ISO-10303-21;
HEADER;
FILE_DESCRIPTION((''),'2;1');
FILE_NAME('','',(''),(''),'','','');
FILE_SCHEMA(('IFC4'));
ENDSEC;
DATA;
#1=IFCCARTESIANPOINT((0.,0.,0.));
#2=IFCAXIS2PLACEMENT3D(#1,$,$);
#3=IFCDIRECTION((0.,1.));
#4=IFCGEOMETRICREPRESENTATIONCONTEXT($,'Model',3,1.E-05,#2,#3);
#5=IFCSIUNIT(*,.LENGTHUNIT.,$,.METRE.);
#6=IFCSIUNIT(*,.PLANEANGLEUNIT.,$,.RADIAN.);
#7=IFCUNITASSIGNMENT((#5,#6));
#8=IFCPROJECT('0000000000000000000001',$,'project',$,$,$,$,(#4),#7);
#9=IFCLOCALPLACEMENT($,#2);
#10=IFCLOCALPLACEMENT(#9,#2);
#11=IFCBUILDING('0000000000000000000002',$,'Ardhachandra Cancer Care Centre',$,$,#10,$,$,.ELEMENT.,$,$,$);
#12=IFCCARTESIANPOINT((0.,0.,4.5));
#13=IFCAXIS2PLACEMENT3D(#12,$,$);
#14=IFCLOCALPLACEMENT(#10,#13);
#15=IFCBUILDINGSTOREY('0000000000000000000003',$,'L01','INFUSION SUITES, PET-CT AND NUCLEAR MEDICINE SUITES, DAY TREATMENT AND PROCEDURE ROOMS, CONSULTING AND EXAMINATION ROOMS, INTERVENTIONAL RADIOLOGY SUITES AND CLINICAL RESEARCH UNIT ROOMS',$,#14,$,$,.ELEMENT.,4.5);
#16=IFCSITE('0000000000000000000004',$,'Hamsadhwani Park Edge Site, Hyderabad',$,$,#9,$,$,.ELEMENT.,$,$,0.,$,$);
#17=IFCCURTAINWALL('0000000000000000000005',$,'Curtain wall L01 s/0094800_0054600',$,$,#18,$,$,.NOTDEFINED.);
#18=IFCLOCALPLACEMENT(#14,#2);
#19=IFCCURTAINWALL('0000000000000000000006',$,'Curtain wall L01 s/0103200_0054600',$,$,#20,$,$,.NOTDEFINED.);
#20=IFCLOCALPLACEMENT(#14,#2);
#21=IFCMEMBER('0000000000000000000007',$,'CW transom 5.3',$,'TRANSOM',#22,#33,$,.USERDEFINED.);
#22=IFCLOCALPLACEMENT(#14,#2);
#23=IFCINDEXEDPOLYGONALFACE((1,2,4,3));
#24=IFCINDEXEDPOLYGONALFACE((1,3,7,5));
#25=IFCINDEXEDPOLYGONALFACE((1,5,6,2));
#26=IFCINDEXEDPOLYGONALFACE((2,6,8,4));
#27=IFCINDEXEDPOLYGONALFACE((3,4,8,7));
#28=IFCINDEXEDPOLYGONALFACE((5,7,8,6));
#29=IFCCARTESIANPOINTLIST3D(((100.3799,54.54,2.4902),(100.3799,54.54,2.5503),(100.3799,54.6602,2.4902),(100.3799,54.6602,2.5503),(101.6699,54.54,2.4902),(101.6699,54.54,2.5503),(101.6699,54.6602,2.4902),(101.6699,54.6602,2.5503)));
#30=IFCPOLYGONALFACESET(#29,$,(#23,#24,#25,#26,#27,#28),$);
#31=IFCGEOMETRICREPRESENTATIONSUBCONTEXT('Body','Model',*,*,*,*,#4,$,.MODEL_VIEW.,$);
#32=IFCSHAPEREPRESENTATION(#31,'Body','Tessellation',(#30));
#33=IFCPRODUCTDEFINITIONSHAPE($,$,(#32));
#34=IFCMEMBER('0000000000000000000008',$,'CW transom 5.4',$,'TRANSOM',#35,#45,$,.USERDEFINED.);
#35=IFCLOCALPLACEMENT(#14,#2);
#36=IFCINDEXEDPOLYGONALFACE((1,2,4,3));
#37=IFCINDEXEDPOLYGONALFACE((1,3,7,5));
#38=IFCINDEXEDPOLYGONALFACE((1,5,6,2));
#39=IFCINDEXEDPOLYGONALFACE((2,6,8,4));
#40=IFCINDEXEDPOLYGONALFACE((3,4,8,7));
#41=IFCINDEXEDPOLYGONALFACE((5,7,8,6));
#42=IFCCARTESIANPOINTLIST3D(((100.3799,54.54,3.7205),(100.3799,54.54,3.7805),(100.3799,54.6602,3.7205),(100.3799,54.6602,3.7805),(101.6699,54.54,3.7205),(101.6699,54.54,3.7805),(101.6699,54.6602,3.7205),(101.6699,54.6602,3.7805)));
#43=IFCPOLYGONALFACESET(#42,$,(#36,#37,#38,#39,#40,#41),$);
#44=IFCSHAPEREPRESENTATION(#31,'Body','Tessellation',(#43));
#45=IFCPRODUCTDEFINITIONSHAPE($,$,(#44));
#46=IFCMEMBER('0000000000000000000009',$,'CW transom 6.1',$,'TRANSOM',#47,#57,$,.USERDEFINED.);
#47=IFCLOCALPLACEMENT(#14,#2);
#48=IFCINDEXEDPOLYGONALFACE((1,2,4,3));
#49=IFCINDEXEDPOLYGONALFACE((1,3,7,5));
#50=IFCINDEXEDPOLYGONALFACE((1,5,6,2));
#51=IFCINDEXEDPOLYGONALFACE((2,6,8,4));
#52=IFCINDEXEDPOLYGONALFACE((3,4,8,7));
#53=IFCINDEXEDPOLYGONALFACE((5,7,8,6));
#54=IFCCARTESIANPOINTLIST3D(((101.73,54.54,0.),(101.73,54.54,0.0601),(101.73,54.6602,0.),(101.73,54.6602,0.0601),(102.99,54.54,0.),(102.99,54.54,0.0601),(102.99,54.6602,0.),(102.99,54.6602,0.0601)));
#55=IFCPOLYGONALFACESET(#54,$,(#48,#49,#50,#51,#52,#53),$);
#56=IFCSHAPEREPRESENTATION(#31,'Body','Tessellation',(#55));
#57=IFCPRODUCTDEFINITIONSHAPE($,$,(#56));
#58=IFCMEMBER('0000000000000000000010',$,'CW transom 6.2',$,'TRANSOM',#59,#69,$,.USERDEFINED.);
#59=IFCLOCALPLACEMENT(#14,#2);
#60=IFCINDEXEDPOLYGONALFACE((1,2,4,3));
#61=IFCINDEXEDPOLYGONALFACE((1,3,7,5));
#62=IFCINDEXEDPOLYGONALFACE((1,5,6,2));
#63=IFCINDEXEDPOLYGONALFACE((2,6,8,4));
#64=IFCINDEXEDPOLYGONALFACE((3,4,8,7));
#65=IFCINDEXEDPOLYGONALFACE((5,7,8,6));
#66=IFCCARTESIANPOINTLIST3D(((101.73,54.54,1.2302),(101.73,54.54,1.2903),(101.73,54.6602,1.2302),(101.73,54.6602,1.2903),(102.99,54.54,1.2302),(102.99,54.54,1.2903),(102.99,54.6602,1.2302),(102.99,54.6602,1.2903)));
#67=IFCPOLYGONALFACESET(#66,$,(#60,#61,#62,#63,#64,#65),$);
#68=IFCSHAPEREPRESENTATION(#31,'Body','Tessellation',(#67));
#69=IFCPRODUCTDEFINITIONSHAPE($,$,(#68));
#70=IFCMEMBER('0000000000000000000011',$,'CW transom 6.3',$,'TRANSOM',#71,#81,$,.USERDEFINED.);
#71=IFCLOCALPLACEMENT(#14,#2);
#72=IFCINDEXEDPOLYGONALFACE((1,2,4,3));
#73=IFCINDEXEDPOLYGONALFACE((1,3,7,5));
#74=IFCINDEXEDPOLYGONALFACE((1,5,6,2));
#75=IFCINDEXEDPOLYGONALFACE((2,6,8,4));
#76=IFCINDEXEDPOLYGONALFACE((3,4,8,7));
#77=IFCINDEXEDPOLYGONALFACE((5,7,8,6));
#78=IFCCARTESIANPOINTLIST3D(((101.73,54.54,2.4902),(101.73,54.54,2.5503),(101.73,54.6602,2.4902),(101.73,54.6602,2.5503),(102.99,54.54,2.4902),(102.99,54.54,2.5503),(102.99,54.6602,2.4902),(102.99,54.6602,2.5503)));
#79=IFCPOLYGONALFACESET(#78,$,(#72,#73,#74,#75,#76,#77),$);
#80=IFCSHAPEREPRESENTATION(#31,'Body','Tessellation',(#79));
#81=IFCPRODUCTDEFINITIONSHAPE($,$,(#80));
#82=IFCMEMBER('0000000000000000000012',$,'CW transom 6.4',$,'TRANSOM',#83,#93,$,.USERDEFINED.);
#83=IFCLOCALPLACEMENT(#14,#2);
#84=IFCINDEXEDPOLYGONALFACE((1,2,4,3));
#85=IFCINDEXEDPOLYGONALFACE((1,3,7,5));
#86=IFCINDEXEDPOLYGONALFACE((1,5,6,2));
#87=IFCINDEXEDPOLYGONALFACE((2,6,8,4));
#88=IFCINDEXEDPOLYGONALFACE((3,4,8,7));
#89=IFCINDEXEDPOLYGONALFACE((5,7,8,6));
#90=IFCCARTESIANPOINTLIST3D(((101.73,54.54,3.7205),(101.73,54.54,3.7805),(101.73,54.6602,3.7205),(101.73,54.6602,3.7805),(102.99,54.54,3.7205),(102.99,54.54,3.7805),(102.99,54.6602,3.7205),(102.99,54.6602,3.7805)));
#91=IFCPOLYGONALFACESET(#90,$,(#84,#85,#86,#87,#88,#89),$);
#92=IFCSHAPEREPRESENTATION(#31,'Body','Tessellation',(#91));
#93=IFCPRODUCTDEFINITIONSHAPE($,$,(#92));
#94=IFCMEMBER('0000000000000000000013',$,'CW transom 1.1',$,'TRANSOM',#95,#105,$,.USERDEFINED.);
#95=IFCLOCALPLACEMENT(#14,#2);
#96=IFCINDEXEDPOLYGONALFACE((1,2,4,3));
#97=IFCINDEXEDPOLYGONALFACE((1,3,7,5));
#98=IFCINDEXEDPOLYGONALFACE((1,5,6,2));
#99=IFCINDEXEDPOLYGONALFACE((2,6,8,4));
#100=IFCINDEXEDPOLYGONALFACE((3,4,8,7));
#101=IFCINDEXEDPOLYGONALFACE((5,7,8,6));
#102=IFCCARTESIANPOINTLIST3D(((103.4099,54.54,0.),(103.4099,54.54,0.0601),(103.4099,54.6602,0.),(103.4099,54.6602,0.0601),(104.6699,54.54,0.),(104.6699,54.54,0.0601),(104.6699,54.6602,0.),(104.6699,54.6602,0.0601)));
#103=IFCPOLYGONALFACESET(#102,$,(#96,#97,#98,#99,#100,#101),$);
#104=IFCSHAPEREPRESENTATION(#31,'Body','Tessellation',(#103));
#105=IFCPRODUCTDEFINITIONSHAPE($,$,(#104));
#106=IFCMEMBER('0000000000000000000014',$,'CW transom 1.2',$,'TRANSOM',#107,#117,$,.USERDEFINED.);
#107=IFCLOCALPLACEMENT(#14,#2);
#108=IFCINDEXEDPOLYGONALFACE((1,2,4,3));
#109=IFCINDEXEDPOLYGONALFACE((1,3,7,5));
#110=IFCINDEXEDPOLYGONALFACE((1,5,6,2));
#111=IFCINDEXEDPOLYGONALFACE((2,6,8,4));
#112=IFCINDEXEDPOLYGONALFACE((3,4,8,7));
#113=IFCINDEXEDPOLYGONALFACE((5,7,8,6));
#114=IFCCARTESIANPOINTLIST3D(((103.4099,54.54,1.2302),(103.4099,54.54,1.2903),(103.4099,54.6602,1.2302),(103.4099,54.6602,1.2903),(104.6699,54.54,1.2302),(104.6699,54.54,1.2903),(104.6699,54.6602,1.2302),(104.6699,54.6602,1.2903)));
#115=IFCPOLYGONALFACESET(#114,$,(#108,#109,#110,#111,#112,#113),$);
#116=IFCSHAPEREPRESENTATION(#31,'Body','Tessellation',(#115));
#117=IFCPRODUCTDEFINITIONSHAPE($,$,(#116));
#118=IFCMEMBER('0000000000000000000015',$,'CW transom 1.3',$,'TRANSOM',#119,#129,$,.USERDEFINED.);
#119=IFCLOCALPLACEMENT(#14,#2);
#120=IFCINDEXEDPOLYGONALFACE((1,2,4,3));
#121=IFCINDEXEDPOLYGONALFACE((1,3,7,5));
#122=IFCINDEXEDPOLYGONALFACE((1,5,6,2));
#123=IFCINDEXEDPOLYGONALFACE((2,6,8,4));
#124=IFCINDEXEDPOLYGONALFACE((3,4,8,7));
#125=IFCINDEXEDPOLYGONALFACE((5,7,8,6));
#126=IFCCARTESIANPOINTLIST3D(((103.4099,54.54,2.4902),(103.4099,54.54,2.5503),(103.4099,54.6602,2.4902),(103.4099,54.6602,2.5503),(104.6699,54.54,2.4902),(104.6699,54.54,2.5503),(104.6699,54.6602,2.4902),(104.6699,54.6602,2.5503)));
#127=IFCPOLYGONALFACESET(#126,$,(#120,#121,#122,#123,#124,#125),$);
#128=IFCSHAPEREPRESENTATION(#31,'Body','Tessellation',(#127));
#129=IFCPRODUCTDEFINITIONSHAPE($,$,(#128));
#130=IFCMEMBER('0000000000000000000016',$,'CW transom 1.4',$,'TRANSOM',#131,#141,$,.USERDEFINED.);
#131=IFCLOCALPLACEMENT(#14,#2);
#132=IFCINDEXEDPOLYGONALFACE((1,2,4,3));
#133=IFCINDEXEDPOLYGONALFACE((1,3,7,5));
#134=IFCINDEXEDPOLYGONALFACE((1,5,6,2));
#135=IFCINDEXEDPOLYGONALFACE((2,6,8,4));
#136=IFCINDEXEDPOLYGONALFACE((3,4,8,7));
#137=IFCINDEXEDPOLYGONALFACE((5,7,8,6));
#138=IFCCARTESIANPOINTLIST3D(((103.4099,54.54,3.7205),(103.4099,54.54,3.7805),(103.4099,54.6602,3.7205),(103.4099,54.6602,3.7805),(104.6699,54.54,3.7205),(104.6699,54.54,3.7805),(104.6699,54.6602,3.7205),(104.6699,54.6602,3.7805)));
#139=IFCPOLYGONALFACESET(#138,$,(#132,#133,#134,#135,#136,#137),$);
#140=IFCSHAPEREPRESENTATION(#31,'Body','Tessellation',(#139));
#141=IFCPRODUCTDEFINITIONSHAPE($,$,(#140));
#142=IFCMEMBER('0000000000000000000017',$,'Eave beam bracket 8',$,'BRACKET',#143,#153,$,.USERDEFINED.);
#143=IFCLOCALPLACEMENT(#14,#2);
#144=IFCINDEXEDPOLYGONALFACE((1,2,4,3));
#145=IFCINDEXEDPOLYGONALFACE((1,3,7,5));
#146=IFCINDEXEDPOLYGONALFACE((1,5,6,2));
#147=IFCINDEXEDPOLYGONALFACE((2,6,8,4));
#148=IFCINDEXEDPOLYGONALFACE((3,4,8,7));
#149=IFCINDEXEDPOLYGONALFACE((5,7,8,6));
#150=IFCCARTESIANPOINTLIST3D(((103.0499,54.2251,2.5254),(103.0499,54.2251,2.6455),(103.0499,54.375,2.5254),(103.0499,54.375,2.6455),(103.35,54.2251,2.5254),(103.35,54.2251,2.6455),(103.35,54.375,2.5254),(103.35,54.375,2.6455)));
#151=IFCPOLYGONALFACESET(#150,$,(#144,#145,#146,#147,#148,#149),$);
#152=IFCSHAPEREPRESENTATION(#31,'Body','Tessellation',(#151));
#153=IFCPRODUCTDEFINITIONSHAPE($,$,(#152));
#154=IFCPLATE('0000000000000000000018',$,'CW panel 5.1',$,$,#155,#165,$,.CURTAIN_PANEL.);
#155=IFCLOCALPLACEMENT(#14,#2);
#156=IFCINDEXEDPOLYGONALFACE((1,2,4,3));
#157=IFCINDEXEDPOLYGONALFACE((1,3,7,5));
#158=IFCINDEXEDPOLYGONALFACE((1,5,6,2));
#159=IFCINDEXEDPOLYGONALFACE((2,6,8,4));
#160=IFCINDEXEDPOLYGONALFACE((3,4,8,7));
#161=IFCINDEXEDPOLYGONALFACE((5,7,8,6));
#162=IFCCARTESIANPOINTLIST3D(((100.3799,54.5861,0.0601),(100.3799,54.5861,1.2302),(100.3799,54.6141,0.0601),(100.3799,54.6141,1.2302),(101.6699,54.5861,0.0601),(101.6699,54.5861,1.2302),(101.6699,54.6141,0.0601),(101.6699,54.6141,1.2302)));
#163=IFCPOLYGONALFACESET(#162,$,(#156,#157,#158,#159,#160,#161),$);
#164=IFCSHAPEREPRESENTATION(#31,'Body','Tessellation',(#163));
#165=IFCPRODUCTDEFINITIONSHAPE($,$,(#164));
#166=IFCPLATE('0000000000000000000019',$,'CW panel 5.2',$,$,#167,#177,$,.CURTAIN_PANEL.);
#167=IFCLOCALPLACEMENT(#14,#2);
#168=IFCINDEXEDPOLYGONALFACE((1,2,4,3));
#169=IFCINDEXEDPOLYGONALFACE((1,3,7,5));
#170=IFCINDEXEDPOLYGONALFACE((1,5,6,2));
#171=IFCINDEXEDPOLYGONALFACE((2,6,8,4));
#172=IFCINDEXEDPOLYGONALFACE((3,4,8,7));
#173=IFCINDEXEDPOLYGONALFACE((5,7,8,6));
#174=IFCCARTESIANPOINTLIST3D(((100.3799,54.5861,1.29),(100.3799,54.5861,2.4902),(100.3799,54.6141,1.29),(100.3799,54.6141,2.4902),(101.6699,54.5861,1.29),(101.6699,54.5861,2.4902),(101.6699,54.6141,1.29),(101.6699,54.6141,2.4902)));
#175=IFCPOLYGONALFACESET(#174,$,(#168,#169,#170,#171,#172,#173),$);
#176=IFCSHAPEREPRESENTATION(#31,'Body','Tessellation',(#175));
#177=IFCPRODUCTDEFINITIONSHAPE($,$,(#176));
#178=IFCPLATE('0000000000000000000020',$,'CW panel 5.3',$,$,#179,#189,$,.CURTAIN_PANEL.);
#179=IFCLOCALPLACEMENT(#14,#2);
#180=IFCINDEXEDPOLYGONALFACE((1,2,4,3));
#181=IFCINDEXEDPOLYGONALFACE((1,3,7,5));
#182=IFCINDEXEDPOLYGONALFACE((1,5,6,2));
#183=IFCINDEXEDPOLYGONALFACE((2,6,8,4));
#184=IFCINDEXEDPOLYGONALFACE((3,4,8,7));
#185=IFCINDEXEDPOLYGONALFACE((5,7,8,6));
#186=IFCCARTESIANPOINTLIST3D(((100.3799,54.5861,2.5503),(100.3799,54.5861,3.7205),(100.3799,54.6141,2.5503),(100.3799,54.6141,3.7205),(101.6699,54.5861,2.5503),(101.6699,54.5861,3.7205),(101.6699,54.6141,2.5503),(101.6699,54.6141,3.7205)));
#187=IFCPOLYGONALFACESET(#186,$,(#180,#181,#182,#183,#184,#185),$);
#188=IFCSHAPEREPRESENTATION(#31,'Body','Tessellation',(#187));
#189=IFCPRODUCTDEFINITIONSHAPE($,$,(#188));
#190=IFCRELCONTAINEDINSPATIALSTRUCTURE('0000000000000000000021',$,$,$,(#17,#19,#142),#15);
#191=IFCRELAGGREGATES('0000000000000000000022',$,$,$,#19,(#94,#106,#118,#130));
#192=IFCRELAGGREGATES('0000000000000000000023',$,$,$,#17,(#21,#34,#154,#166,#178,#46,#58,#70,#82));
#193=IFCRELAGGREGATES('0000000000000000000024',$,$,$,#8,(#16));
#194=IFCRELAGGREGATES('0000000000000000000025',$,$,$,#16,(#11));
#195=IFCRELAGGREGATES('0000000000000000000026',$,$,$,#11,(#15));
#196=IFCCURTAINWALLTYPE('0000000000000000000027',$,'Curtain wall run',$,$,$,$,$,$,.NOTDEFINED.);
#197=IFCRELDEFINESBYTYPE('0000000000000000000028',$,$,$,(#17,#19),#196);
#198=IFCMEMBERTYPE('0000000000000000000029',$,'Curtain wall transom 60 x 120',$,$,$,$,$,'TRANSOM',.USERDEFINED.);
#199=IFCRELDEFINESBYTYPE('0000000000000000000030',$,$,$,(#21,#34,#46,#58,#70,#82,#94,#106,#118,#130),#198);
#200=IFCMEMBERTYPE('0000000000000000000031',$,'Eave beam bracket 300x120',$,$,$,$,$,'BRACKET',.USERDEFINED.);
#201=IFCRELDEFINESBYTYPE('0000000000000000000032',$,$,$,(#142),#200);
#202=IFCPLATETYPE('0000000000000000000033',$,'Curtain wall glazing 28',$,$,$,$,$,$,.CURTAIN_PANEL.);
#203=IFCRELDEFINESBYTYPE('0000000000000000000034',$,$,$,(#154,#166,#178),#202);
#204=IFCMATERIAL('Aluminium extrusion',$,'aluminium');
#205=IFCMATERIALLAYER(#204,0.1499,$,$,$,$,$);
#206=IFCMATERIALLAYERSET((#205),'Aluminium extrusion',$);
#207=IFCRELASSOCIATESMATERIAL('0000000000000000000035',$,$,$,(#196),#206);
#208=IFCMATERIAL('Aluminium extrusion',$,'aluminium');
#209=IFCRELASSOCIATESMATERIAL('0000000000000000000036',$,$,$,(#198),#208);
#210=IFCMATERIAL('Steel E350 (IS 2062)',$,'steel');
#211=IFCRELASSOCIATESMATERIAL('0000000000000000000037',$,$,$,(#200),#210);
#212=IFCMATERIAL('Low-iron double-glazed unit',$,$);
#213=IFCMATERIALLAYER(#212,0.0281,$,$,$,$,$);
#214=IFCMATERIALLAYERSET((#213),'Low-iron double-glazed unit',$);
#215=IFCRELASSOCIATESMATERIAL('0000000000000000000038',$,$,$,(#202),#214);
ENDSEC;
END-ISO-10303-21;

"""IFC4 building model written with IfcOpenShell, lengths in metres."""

from ifc_helpers import new_model, si_unit, direction, frame, origin, origin_2d, place, context, subcontext, project, spatial, rectangle, extrude, material, layer, layer_set, material_profile, profile_set, type_object, element, aggregate, save


model = new_model("IFC4")

# Units and contexts
model_context = context("Model", 3, precision=1e-05, world=origin(), true_north=direction((0.0, 1.0)))
body_context = subcontext(model_context, "Body", "Model", "MODEL_VIEW")
ifc_project = project(units=[si_unit("LENGTHUNIT", "METRE"), si_unit("PLANEANGLEUNIT", "RADIAN")], contexts=[model_context])

# Site, building, storey
site_placement = place(None, origin())
site = spatial("IfcSite", under=ifc_project, at=site_placement, Name="Hamsadhwani Park Edge Site, Hyderabad", CompositionType="ELEMENT", RefElevation=0.0)
building_placement = place(site_placement, origin())
building = spatial("IfcBuilding", under=site, at=building_placement, Name="Ardhachandra Cancer Care Centre", CompositionType="ELEMENT")
storey_placement = place(building_placement, frame((0.0, 0.0, 4.5)))
storey = spatial("IfcBuildingStorey", under=building, at=storey_placement, Name="L01", Description="INFUSION SUITES, PET-CT AND NUCLEAR MEDICINE SUITES, DAY TREATMENT AND PROCEDURE ROOMS, CONSULTING AND EXAMINATION ROOMS, INTERVENTIONAL RADIOLOGY SUITES AND CLINICAL RESEARCH UNIT ROOMS", CompositionType="ELEMENT", Elevation=4.5)

# Curtain wall
ifc_material_1 = material(Name="Aluminium extrusion", Category="aluminium")
ifc_layer_1 = layer(ifc_material_1, 0.1499)
ifc_layer_set_1 = layer_set([ifc_layer_1], Name="Aluminium extrusion")
curtain_wall_type = type_object("IfcCurtainWallType", Name="Curtain wall run", PredefinedType="NOTDEFINED", material=ifc_layer_set_1)
curtain_wall_1_placement = place(storey_placement, origin())
curtain_wall_1 = element("IfcCurtainWall", 1, at=curtain_wall_1_placement, inside=storey, type_object=curtain_wall_type, Name="Curtain wall L01 s/0094800_0054600", PredefinedType="NOTDEFINED")

# Curtain wall
curtain_wall_2_placement = place(storey_placement, origin())
curtain_wall_2 = element("IfcCurtainWall", 2, at=curtain_wall_2_placement, inside=storey, type_object=curtain_wall_type, Name="Curtain wall L01 s/0103200_0054600", PredefinedType="NOTDEFINED")

# Members
ifc_material_2 = material(Name="Aluminium extrusion", Category="aluminium")
ifc_material_profile_1 = material_profile(ifc_material_2, rectangle(XDim=0.1201, YDim=0.0601, at=origin_2d()), Name="Curtain wall transom 60 x 120")
ifc_profile_set_1 = profile_set([ifc_material_profile_1], Name="Aluminium extrusion")
member_type_1 = type_object("IfcMemberType", Name="Curtain wall transom 60 x 120", ElementType="TRANSOM", PredefinedType="USERDEFINED", material=ifc_profile_set_1)
member_1_placement = place(storey_placement, frame((100.3799, 54.6001, 2.5203), z_axis=(1.0, 0.0, 0.0), x_axis=(0.0, 1.0, 0.0)))
member_1 = element("IfcMember", 3, at=member_1_placement, type_object=member_type_1, Name="CW transom 5.3", ObjectType="TRANSOM", PredefinedType="USERDEFINED", context=body_context, shape_type="SweptSolid", body=[
    extrude(rectangle(XDim=0.1201, YDim=0.0601, at=origin_2d()), origin(), (0.0, 0.0, 1.0), 1.29),
])
member_2_placement = place(storey_placement, frame((100.3799, 54.6001, 3.7505), z_axis=(1.0, 0.0, 0.0), x_axis=(0.0, 1.0, 0.0)))
member_2 = element("IfcMember", 4, at=member_2_placement, type_object=member_type_1, Name="CW transom 5.4", ObjectType="TRANSOM", PredefinedType="USERDEFINED", context=body_context, shape_type="SweptSolid", body=[
    extrude(rectangle(XDim=0.1201, YDim=0.0601, at=origin_2d()), origin(), (0.0, 0.0, 1.0), 1.29),
])
member_3_placement = place(storey_placement, frame((101.73, 54.6001, 0.03), z_axis=(1.0, 0.0, 0.0), x_axis=(0.0, 1.0, 0.0)))
member_3 = element("IfcMember", 5, at=member_3_placement, type_object=member_type_1, Name="CW transom 6.1", ObjectType="TRANSOM", PredefinedType="USERDEFINED", context=body_context, shape_type="SweptSolid", body=[
    extrude(rectangle(XDim=0.1201, YDim=0.0601, at=origin_2d()), origin(), (0.0, 0.0, 1.0), 1.26),
])
member_4_placement = place(storey_placement, frame((101.73, 54.6001, 1.2603), z_axis=(1.0, 0.0, 0.0), x_axis=(0.0, 1.0, 0.0)))
member_4 = element("IfcMember", 6, at=member_4_placement, type_object=member_type_1, Name="CW transom 6.2", ObjectType="TRANSOM", PredefinedType="USERDEFINED", context=body_context, shape_type="SweptSolid", body=[
    extrude(rectangle(XDim=0.1201, YDim=0.0601, at=origin_2d()), origin(), (0.0, 0.0, 1.0), 1.26),
])
member_5_placement = place(storey_placement, frame((101.73, 54.6001, 2.5203), z_axis=(1.0, 0.0, 0.0), x_axis=(0.0, 1.0, 0.0)))
member_5 = element("IfcMember", 7, at=member_5_placement, type_object=member_type_1, Name="CW transom 6.3", ObjectType="TRANSOM", PredefinedType="USERDEFINED", context=body_context, shape_type="SweptSolid", body=[
    extrude(rectangle(XDim=0.1201, YDim=0.0601, at=origin_2d()), origin(), (0.0, 0.0, 1.0), 1.26),
])
member_6_placement = place(storey_placement, frame((101.73, 54.6001, 3.7505), z_axis=(1.0, 0.0, 0.0), x_axis=(0.0, 1.0, 0.0)))
member_6 = element("IfcMember", 8, at=member_6_placement, type_object=member_type_1, Name="CW transom 6.4", ObjectType="TRANSOM", PredefinedType="USERDEFINED", context=body_context, shape_type="SweptSolid", body=[
    extrude(rectangle(XDim=0.1201, YDim=0.0601, at=origin_2d()), origin(), (0.0, 0.0, 1.0), 1.26),
])
member_7_placement = place(storey_placement, frame((103.4099, 54.6001, 0.03), z_axis=(1.0, 0.0, 0.0), x_axis=(0.0, 1.0, 0.0)))
member_7 = element("IfcMember", 9, at=member_7_placement, type_object=member_type_1, Name="CW transom 1.1", ObjectType="TRANSOM", PredefinedType="USERDEFINED", context=body_context, shape_type="SweptSolid", body=[
    extrude(rectangle(XDim=0.1201, YDim=0.0601, at=origin_2d()), origin(), (0.0, 0.0, 1.0), 1.26),
])
member_8_placement = place(storey_placement, frame((103.4099, 54.6001, 1.2603), z_axis=(1.0, 0.0, 0.0), x_axis=(0.0, 1.0, 0.0)))
member_8 = element("IfcMember", 10, at=member_8_placement, type_object=member_type_1, Name="CW transom 1.2", ObjectType="TRANSOM", PredefinedType="USERDEFINED", context=body_context, shape_type="SweptSolid", body=[
    extrude(rectangle(XDim=0.1201, YDim=0.0601, at=origin_2d()), origin(), (0.0, 0.0, 1.0), 1.26),
])
member_9_placement = place(storey_placement, frame((103.4099, 54.6001, 2.5203), z_axis=(1.0, 0.0, 0.0), x_axis=(0.0, 1.0, 0.0)))
member_9 = element("IfcMember", 11, at=member_9_placement, type_object=member_type_1, Name="CW transom 1.3", ObjectType="TRANSOM", PredefinedType="USERDEFINED", context=body_context, shape_type="SweptSolid", body=[
    extrude(rectangle(XDim=0.1201, YDim=0.0601, at=origin_2d()), origin(), (0.0, 0.0, 1.0), 1.26),
])
member_10_placement = place(storey_placement, frame((103.4099, 54.6001, 3.7505), z_axis=(1.0, 0.0, 0.0), x_axis=(0.0, 1.0, 0.0)))
member_10 = element("IfcMember", 12, at=member_10_placement, type_object=member_type_1, Name="CW transom 1.4", ObjectType="TRANSOM", PredefinedType="USERDEFINED", context=body_context, shape_type="SweptSolid", body=[
    extrude(rectangle(XDim=0.1201, YDim=0.0601, at=origin_2d()), origin(), (0.0, 0.0, 1.0), 1.26),
])
aggregate(curtain_wall_2, [member_7, member_8, member_9, member_10])
ifc_material_3 = material(Name="Steel E350 (IS 2062)", Category="steel")
ifc_material_profile_2 = material_profile(ifc_material_3, rectangle(XDim=0.3, YDim=0.1201, at=origin_2d()), Name="PL 300x120")
ifc_profile_set_2 = profile_set([ifc_material_profile_2], Name="Steel E350 (IS 2062)")
member_type_2 = type_object("IfcMemberType", Name="Eave beam bracket 300x120", ElementType="BRACKET", PredefinedType="USERDEFINED", material=ifc_profile_set_2)
member_11_placement = place(storey_placement, frame((103.2, 54.2251, 2.5854), z_axis=(0.0, 1.0, 0.0), x_axis=(-1.0, 0.0, 0.0)))
element("IfcMember", 13, at=member_11_placement, inside=storey, type_object=member_type_2, Name="Eave beam bracket 8", ObjectType="BRACKET", PredefinedType="USERDEFINED", context=body_context, shape_type="SweptSolid", body=[
    extrude(rectangle(XDim=0.3, YDim=0.1201, at=origin_2d()), origin(), (0.0, 0.0, 1.0), 0.1499),
])

# Plates
ifc_material_4 = material(Name="Low-iron double-glazed unit")
ifc_layer_2 = layer(ifc_material_4, 0.0281)
ifc_layer_set_2 = layer_set([ifc_layer_2], Name="Low-iron double-glazed unit")
plate_type = type_object("IfcPlateType", Name="Curtain wall glazing 28", PredefinedType="CURTAIN_PANEL", material=ifc_layer_set_2)
plate_1_placement = place(storey_placement, frame((101.0249, 54.6001, 0.0601), z_axis=(0.0, 0.0, 1.0), x_axis=(1.0, 0.0, 0.0)))
plate_1 = element("IfcPlate", 14, at=plate_1_placement, type_object=plate_type, Name="CW panel 5.1", PredefinedType="CURTAIN_PANEL", context=body_context, shape_type="SweptSolid", body=[
    extrude(rectangle(XDim=1.29, YDim=0.0281, at=origin_2d()), origin(), (0.0, 0.0, 1.0), 1.1702),
])
plate_2_placement = place(storey_placement, frame((101.0249, 54.6001, 1.29), z_axis=(0.0, 0.0, 1.0), x_axis=(1.0, 0.0, 0.0)))
plate_2 = element("IfcPlate", 15, at=plate_2_placement, type_object=plate_type, Name="CW panel 5.2", PredefinedType="CURTAIN_PANEL", context=body_context, shape_type="SweptSolid", body=[
    extrude(rectangle(XDim=1.29, YDim=0.0281, at=origin_2d()), origin(), (0.0, 0.0, 1.0), 1.2002),
])
plate_3_placement = place(storey_placement, frame((101.0249, 54.6001, 2.5503), z_axis=(0.0, 0.0, 1.0), x_axis=(1.0, 0.0, 0.0)))
plate_3 = element("IfcPlate", 16, at=plate_3_placement, type_object=plate_type, Name="CW panel 5.3", PredefinedType="CURTAIN_PANEL", context=body_context, shape_type="SweptSolid", body=[
    extrude(rectangle(XDim=1.29, YDim=0.0281, at=origin_2d()), origin(), (0.0, 0.0, 1.0), 1.1702),
])
aggregate(curtain_wall_1, [member_1, member_2, plate_1, plate_2, plate_3, member_3, member_4, member_5, member_6])

save(model, "model.ifc")
